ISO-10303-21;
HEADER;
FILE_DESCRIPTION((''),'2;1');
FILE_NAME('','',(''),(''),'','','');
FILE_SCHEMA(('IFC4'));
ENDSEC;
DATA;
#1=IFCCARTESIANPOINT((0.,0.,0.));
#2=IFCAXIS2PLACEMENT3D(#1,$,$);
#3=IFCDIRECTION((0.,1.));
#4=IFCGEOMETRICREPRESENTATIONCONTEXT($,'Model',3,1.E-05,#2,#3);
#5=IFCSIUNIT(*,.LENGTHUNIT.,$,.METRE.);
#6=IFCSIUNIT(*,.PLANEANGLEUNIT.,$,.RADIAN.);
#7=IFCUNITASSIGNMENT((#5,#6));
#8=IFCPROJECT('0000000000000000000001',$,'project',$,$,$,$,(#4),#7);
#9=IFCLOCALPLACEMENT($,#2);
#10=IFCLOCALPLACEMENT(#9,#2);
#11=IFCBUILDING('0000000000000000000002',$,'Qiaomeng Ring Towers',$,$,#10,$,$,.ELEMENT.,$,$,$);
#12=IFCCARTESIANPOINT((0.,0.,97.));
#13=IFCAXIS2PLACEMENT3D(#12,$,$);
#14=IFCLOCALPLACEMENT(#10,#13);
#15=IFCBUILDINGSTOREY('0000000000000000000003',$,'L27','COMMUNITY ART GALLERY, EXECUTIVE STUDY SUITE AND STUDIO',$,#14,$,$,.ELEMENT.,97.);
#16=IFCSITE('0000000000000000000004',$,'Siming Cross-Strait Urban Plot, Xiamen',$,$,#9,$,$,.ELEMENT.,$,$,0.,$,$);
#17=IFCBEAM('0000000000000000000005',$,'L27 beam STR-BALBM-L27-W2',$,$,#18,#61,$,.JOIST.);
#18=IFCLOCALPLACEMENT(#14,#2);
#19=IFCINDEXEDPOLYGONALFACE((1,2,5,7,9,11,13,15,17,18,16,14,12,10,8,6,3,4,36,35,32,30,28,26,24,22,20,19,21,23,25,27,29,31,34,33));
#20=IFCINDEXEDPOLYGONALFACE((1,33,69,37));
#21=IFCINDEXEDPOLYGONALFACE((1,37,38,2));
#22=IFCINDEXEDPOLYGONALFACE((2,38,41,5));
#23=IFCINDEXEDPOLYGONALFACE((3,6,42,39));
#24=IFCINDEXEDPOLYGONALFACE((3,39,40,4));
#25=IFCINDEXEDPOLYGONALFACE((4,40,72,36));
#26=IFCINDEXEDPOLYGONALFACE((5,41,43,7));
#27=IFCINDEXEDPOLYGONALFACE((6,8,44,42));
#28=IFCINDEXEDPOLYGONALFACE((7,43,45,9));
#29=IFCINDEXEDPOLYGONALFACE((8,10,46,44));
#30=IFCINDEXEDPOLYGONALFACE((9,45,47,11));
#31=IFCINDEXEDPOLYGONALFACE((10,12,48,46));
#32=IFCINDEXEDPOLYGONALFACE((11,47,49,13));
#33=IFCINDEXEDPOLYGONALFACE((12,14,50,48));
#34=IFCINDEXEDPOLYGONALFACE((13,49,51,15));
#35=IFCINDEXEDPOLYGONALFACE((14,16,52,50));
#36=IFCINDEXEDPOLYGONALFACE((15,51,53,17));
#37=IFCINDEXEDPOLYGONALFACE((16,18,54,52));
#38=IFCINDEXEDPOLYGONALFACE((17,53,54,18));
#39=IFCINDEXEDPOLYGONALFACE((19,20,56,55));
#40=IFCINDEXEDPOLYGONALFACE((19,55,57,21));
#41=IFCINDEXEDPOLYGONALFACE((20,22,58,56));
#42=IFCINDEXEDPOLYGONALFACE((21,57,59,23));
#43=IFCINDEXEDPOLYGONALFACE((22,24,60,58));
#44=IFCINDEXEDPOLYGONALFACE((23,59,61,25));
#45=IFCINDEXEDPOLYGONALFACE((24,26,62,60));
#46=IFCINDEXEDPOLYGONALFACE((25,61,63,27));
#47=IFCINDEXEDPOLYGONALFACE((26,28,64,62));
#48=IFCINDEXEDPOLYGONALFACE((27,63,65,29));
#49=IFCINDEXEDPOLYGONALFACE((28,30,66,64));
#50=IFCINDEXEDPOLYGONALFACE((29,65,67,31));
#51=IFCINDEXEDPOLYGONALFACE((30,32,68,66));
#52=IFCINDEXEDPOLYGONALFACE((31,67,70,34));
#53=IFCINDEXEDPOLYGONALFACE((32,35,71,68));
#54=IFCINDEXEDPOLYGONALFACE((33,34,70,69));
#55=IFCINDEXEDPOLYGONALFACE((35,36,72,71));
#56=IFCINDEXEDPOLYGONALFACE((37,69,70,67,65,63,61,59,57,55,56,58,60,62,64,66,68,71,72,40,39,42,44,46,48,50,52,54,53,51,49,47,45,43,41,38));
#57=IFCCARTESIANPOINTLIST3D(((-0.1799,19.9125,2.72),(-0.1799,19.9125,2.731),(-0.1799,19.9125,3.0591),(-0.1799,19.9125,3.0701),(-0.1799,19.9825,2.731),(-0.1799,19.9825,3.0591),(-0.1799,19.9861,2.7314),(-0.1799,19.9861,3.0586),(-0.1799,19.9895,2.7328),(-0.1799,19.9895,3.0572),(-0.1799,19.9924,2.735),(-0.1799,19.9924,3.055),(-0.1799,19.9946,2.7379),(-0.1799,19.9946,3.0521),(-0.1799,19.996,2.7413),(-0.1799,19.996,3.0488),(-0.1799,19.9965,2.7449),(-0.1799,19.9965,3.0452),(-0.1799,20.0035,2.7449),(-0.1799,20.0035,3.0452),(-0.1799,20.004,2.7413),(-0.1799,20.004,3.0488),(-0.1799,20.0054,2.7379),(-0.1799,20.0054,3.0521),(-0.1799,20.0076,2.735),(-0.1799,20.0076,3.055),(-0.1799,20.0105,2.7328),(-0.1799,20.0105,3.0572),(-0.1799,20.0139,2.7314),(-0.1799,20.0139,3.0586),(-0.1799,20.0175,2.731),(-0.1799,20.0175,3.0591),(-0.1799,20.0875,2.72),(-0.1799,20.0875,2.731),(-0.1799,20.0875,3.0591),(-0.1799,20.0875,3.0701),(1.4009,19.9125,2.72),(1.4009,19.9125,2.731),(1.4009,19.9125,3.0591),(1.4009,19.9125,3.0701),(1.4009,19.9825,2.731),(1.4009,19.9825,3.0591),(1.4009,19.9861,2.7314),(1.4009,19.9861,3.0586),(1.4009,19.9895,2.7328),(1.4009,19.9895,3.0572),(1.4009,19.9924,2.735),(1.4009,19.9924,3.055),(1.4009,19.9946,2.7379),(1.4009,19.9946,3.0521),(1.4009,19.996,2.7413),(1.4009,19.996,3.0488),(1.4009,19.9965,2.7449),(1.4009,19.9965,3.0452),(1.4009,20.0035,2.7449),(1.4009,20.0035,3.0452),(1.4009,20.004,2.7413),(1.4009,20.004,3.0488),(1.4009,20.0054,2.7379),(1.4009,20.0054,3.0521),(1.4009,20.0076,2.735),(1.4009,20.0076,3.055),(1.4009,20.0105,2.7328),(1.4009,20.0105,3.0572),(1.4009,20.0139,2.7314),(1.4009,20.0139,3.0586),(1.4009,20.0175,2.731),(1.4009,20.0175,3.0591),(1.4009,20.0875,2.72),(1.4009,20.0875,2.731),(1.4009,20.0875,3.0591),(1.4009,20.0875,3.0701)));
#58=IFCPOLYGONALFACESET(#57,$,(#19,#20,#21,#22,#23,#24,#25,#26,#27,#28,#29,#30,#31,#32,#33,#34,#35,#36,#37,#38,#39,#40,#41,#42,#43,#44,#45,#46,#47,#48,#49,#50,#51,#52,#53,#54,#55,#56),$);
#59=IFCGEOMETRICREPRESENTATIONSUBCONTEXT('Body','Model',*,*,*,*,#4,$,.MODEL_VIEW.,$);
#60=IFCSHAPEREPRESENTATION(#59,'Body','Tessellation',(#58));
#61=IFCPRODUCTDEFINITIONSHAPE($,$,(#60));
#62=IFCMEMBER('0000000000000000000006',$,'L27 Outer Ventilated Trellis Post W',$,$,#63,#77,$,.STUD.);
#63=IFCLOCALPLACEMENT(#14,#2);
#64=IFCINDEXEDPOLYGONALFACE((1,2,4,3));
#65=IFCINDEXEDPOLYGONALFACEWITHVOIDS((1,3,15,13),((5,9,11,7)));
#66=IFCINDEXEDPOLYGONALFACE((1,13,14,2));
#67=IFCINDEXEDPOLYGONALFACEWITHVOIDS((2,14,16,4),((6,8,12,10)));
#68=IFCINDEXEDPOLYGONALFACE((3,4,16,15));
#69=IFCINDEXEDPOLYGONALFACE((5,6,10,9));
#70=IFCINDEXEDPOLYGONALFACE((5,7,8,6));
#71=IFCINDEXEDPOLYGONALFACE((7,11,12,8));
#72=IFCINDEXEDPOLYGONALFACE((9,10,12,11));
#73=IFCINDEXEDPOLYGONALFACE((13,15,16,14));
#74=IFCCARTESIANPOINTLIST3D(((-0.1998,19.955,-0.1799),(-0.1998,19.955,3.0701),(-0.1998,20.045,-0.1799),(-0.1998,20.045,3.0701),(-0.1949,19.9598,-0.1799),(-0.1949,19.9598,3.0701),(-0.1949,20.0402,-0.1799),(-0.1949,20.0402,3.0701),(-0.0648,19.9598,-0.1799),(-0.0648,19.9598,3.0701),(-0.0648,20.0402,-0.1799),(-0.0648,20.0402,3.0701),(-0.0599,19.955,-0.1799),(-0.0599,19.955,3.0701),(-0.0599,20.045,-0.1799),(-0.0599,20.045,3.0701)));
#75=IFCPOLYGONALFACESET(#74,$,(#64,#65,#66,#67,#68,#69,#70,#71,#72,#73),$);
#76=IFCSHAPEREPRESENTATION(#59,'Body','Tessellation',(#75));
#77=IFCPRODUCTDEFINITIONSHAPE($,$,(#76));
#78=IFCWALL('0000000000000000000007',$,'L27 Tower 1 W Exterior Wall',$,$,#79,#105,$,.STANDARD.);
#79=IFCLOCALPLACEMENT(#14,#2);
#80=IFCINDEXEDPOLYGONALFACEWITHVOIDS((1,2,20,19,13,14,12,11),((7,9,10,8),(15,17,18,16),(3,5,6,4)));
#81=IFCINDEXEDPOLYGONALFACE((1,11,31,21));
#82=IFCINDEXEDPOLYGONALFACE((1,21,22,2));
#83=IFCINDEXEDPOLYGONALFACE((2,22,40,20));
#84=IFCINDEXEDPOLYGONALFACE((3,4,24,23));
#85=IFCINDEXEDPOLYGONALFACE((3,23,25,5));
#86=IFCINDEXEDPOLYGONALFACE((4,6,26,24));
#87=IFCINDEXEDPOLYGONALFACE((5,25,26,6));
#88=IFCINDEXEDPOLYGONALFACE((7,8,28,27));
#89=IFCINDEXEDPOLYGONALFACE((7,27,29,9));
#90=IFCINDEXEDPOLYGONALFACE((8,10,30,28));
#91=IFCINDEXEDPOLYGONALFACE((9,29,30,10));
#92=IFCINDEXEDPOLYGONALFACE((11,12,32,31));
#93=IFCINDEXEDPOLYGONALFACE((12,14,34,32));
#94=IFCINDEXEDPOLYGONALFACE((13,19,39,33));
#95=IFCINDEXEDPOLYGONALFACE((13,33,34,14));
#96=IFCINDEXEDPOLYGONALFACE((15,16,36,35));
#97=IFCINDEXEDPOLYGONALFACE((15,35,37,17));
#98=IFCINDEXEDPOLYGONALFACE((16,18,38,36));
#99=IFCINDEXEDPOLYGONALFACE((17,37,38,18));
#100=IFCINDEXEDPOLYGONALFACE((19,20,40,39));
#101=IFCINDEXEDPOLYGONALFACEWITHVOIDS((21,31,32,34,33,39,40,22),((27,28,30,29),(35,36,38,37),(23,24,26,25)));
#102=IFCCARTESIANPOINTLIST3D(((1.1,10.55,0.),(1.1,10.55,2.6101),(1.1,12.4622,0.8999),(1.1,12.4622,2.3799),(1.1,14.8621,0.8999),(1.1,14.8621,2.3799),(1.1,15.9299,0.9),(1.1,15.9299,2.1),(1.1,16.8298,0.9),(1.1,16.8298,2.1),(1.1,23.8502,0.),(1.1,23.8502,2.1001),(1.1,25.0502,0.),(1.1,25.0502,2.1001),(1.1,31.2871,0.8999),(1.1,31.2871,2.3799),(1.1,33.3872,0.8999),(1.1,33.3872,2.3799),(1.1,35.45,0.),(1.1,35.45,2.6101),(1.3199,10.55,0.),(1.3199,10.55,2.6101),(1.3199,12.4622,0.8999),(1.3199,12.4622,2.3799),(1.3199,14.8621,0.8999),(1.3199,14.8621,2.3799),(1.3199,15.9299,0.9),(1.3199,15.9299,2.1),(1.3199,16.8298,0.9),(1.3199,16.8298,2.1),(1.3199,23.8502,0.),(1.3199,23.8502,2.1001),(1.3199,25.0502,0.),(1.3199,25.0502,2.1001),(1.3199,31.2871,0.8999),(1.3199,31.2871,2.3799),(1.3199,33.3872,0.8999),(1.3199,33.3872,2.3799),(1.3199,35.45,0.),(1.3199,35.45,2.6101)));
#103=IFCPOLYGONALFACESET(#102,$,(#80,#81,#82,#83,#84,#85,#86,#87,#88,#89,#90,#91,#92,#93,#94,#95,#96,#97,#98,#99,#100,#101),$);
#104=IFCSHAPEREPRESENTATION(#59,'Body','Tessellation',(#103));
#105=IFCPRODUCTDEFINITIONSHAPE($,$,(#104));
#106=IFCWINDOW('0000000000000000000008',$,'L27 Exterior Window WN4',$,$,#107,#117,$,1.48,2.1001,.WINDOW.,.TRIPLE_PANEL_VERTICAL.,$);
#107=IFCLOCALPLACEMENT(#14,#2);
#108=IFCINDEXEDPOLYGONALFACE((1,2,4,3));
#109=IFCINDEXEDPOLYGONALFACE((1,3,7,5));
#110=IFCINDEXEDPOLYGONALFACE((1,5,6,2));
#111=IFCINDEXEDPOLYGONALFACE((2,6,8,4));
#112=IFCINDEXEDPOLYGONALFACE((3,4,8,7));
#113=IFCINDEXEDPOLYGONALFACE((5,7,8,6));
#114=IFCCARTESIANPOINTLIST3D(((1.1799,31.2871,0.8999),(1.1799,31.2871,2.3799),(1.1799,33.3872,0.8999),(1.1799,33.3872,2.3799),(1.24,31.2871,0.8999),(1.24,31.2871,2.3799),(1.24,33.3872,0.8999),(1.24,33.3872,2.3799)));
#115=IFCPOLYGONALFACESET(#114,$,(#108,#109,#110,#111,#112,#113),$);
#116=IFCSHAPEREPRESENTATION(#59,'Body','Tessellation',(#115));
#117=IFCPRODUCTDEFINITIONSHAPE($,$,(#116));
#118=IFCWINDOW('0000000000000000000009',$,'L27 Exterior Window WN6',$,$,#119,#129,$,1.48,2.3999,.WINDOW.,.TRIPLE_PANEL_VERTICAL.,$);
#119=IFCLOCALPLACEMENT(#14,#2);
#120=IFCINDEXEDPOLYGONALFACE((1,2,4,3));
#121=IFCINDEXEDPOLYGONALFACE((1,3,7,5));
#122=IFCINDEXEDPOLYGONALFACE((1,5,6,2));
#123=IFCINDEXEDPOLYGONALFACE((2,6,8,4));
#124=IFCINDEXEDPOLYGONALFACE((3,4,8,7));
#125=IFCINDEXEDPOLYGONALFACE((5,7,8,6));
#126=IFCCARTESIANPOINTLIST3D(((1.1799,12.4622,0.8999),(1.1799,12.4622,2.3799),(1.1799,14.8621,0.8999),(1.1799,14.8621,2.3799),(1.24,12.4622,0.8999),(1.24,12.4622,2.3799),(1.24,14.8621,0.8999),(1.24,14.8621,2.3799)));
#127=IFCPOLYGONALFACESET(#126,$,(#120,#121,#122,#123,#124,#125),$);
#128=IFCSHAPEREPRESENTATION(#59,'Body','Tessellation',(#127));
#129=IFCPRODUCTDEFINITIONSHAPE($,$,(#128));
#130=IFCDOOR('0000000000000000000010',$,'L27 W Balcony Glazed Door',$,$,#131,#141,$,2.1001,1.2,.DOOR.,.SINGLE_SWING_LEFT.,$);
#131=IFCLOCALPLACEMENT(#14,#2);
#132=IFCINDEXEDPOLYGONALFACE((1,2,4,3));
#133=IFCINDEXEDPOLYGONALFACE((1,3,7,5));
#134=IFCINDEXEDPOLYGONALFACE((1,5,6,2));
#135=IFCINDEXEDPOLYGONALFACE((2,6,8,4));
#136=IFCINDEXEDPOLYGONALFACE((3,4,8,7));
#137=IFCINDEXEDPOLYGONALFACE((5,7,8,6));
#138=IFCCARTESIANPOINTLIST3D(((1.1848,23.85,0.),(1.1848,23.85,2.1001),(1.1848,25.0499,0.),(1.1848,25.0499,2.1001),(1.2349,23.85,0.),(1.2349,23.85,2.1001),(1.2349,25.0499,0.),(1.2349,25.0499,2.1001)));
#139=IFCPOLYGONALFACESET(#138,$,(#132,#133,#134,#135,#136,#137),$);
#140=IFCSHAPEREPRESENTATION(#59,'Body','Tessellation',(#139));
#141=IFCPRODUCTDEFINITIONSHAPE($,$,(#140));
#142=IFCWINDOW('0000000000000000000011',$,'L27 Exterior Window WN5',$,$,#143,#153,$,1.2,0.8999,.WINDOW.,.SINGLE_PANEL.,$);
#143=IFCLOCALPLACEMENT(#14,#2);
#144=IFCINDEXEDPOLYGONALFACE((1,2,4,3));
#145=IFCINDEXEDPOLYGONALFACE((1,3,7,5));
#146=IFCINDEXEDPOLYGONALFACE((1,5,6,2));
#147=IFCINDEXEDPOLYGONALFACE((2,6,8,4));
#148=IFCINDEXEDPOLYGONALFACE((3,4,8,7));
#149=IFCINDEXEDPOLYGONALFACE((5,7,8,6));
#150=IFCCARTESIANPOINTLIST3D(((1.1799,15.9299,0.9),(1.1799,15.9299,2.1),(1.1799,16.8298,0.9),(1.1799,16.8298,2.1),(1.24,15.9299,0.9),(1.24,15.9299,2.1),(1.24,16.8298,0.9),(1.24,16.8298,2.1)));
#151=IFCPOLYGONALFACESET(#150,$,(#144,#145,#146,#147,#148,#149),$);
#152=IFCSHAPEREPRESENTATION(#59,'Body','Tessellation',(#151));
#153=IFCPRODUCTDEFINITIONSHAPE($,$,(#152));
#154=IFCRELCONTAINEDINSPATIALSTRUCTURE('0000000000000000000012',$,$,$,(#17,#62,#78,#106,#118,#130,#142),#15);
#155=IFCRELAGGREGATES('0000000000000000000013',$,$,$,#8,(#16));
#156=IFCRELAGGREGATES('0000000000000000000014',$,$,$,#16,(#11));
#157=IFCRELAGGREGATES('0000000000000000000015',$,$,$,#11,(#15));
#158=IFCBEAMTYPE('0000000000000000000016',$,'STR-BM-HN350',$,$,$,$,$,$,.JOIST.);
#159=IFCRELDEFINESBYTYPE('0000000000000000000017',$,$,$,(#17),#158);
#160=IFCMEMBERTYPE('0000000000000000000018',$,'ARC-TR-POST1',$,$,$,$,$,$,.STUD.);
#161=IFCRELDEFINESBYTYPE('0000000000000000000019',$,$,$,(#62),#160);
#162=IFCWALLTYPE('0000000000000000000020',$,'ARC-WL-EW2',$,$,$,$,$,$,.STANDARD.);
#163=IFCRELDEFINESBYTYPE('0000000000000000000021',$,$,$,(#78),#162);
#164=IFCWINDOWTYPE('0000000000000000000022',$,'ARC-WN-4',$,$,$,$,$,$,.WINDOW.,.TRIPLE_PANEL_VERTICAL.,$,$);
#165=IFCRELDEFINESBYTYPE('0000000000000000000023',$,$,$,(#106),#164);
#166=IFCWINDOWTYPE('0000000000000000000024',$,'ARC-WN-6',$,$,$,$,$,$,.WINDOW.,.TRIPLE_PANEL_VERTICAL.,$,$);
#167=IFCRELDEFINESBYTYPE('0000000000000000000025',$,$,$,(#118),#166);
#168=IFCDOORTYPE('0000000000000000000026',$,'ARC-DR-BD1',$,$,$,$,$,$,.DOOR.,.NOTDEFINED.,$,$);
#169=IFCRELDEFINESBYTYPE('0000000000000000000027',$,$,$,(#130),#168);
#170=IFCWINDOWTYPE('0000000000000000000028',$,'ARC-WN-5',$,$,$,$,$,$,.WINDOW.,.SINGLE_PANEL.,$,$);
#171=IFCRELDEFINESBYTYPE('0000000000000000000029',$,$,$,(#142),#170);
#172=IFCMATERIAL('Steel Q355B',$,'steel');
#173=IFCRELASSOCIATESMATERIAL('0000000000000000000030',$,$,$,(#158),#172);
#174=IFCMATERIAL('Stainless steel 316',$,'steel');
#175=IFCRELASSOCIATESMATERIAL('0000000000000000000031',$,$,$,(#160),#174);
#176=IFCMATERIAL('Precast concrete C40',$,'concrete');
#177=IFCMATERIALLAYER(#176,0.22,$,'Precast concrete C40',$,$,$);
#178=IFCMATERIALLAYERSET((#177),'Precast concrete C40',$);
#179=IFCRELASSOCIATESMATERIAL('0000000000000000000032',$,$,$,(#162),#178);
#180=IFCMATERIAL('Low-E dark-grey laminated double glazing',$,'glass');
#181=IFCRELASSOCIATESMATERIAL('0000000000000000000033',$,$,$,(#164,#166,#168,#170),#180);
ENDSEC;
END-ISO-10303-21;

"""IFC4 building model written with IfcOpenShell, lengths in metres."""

from ifc_helpers import new_model, si_unit, direction, frame, frame_2d, origin, origin_2d, place, context, subcontext, project, spatial, rectangle, hollow_rectangle, i_section, extrude, source, transform, mapped, material, layer, layer_set, material_profile, profile_set, type_object, element, fill, save


model = new_model("IFC4")

# Units and contexts
model_context = context("Model", 3, precision=1e-05, world=origin(), true_north=direction((0.0, 1.0)))
body_context = subcontext(model_context, "Body", "Model", "MODEL_VIEW")
ifc_project = project(units=[si_unit("LENGTHUNIT", "METRE"), si_unit("PLANEANGLEUNIT", "RADIAN")], contexts=[model_context])

# Site, building, storey
site_placement = place(None, origin())
site = spatial("IfcSite", under=ifc_project, at=site_placement, Name="Siming Cross-Strait Urban Plot, Xiamen", CompositionType="ELEMENT", RefElevation=0.0)
building_placement = place(site_placement, origin())
building = spatial("IfcBuilding", under=site, at=building_placement, Name="Qiaomeng Ring Towers", CompositionType="ELEMENT")
storey_placement = place(building_placement, frame((0.0, 0.0, 97.0)))
storey = spatial("IfcBuildingStorey", under=building, at=storey_placement, Name="L27", Description="COMMUNITY ART GALLERY, EXECUTIVE STUDY SUITE AND STUDIO", CompositionType="ELEMENT", Elevation=97.0)

# Beam
ifc_material_1 = material(Name="Steel Q355B", Category="steel")
ifc_material_profile_1 = material_profile(ifc_material_1, i_section(OverallWidth=0.175, OverallDepth=0.3501, WebThickness=0.0071, FlangeThickness=0.011, FilletRadius=0.0139, at=origin_2d()), Name="HN 350x175x7x11")
ifc_profile_set_1 = profile_set([ifc_material_profile_1], Name="Steel Q355B")
beam_type_1 = type_object("IfcBeamType", Name="STR-BM-HN350", PredefinedType="JOIST", material=ifc_profile_set_1)
shared_shape_1 = source(origin(), body_context, "Body", "SweptSolid", [
    extrude(i_section(OverallWidth=0.175, OverallDepth=0.3501, WebThickness=0.0071, FlangeThickness=0.011, FilletRadius=0.0139, at=origin_2d()), origin(), (0.0, 0.0, 1.0), 1.5808),
])
beam_1_placement = place(storey_placement, frame((-0.1799, 20.0, 2.895), z_axis=(1.0, 0.0, 0.0), x_axis=(0.0, 1.0, 0.0)))
element("IfcBeam", 1, at=beam_1_placement, inside=storey, type_object=beam_type_1, Name="L27 beam STR-BALBM-L27-W2", PredefinedType="JOIST", context=body_context, shape_type="MappedRepresentation", body=[
    mapped(shared_shape_1, transform((0.0, 0.0, 0.0), x_axis=(1.0, 0.0, 0.0), y_axis=(0.0, 1.0, 0.0), z_axis=(0.0, 0.0, 1.0), scale=1.0)),
])

# Member
ifc_material_2 = material(Name="Stainless steel 316", Category="steel")
ifc_material_profile_2 = material_profile(ifc_material_2, hollow_rectangle(XDim=0.0901, YDim=0.1399, WallThickness=0.0049, at=origin_2d()), Name="SS TRELLIS 90x140")
ifc_profile_set_2 = profile_set([ifc_material_profile_2], Name="Stainless steel 316")
member_type = type_object("IfcMemberType", Name="ARC-TR-POST1", PredefinedType="STUD", material=ifc_profile_set_2)
shared_shape_2 = source(origin(), body_context, "Body", "SweptSolid", [
    extrude(hollow_rectangle(XDim=0.0901, YDim=0.1399, WallThickness=0.0049, at=origin_2d()), origin(), (0.0, 0.0, 1.0), 3.25),
])
member_placement = place(storey_placement, frame((-0.1299, 20.0, -0.1799), z_axis=(0.0, 0.0, 1.0), x_axis=(0.0, 1.0, 0.0)))
element("IfcMember", 2, at=member_placement, inside=storey, type_object=member_type, Name="L27 Outer Ventilated Trellis Post W", PredefinedType="STUD", context=body_context, shape_type="MappedRepresentation", body=[
    mapped(shared_shape_2, transform((0.0, 0.0, 0.0), x_axis=(1.0, 0.0, 0.0), y_axis=(0.0, 1.0, 0.0), z_axis=(0.0, 0.0, 1.0), scale=1.0)),
])

# Wall, openings, windows, door
ifc_material_3 = material(Name="Precast concrete C40", Category="concrete")
ifc_layer_1 = layer(ifc_material_3, 0.22, Name="Precast concrete C40")
ifc_layer_set_1 = layer_set([ifc_layer_1], Name="Precast concrete C40")
wall_type_1 = type_object("IfcWallType", Name="ARC-WL-EW2", PredefinedType="STANDARD", material=ifc_layer_set_1)
wall_1_placement = place(storey_placement, frame((1.21, 10.55, 0.0), z_axis=(0.0, 0.0, 1.0), x_axis=(0.0, 1.0, 0.0)))
wall_1 = element("IfcWall", 3, at=wall_1_placement, inside=storey, type_object=wall_type_1, Name="L27 Tower 1 W Exterior Wall", PredefinedType="STANDARD", context=body_context, shape_type="SweptSolid", body=[
    extrude(rectangle(XDim=24.8999, YDim=0.22, at=frame_2d((12.45, 0.0))), origin(), (0.0, 0.0, 1.0), 2.6101),
])
opening_1_placement = place(wall_1_placement, frame((13.3, 0.0, 0.0)))
opening_1 = element("IfcOpeningElement", 4, at=opening_1_placement, cuts=wall_1, PredefinedType="OPENING", context=body_context, shape_type="SweptSolid", body=[
    extrude(rectangle(XDim=1.2, YDim=2.1001, at=frame_2d((0.6001, 1.05))), frame((0.0, 0.1199, 0.0), z_axis=(0.0, -1.0, 0.0), x_axis=(1.0, 0.0, 0.0)), (0.0, 0.0, 1.0), 0.24),
])
opening_2_placement = place(wall_1_placement, frame((1.9121, 0.0, 0.8999)))
opening_2 = element("IfcOpeningElement", 5, at=opening_2_placement, cuts=wall_1, PredefinedType="OPENING", context=body_context, shape_type="SweptSolid", body=[
    extrude(rectangle(XDim=2.3999, YDim=1.48, at=frame_2d((1.2, 0.74))), frame((0.0, 0.1199, 0.0), z_axis=(0.0, -1.0, 0.0), x_axis=(1.0, 0.0, 0.0)), (0.0, 0.0, 1.0), 0.24),
])
opening_3_placement = place(wall_1_placement, frame((20.7371, 0.0, 0.8999)))
opening_3 = element("IfcOpeningElement", 6, at=opening_3_placement, cuts=wall_1, PredefinedType="OPENING", context=body_context, shape_type="SweptSolid", body=[
    extrude(rectangle(XDim=2.1001, YDim=1.48, at=frame_2d((1.05, 0.74))), frame((0.0, 0.1199, 0.0), z_axis=(0.0, -1.0, 0.0), x_axis=(1.0, 0.0, 0.0)), (0.0, 0.0, 1.0), 0.24),
])
opening_4_placement = place(wall_1_placement, frame((5.3799, 0.0, 0.8999)))
opening_4 = element("IfcOpeningElement", 7, at=opening_4_placement, cuts=wall_1, PredefinedType="OPENING", context=body_context, shape_type="SweptSolid", body=[
    extrude(rectangle(XDim=0.8999, YDim=1.2, at=frame_2d((0.45, 0.6001))), frame((0.0, 0.1199, 0.0), z_axis=(0.0, -1.0, 0.0), x_axis=(1.0, 0.0, 0.0)), (0.0, 0.0, 1.0), 0.24),
])
ifc_material_4 = material(Name="Low-E dark-grey laminated double glazing", Category="glass")
window_type_1 = type_object("IfcWindowType", Name="ARC-WN-4", PartitioningType="TRIPLE_PANEL_VERTICAL", PredefinedType="WINDOW", material=ifc_material_4)
shared_shape_3 = source(origin(), body_context, "Body", "SweptSolid", [
    extrude(rectangle(XDim=2.1001, YDim=1.48, at=frame_2d((1.05, 0.74))), frame((0.0, 0.03, 0.0), z_axis=(0.0, -1.0, 0.0), x_axis=(1.0, 0.0, 0.0)), (0.0, 0.0, 1.0), 0.0601),
])
window_1_placement = place(opening_3_placement, origin())
window_1 = element("IfcWindow", 8, at=window_1_placement, inside=storey, type_object=window_type_1, Name="L27 Exterior Window WN4", OverallHeight=1.48, OverallWidth=2.1001, PartitioningType="TRIPLE_PANEL_VERTICAL", PredefinedType="WINDOW", context=body_context, shape_type="MappedRepresentation", body=[
    mapped(shared_shape_3, transform((0.0, 0.0, 0.0), x_axis=(1.0, 0.0, 0.0), y_axis=(0.0, 1.0, 0.0), z_axis=(0.0, 0.0, 1.0), scale=1.0)),
])
fill(opening_3, window_1)
window_type_2 = type_object("IfcWindowType", Name="ARC-WN-6", PartitioningType="TRIPLE_PANEL_VERTICAL", PredefinedType="WINDOW", material=ifc_material_4)
shared_shape_4 = source(origin(), body_context, "Body", "SweptSolid", [
    extrude(rectangle(XDim=2.3999, YDim=1.48, at=frame_2d((1.2, 0.74))), frame((0.0, 0.03, 0.0), z_axis=(0.0, -1.0, 0.0), x_axis=(1.0, 0.0, 0.0)), (0.0, 0.0, 1.0), 0.0601),
])
window_2_placement = place(opening_2_placement, origin())
window_2 = element("IfcWindow", 9, at=window_2_placement, inside=storey, type_object=window_type_2, Name="L27 Exterior Window WN6", OverallHeight=1.48, OverallWidth=2.3999, PartitioningType="TRIPLE_PANEL_VERTICAL", PredefinedType="WINDOW", context=body_context, shape_type="MappedRepresentation", body=[
    mapped(shared_shape_4, transform((0.0, 0.0, 0.0), x_axis=(1.0, 0.0, 0.0), y_axis=(0.0, 1.0, 0.0), z_axis=(0.0, 0.0, 1.0), scale=1.0)),
])
fill(opening_2, window_2)
door_type_1 = type_object("IfcDoorType", Name="ARC-DR-BD1", OperationType="NOTDEFINED", PredefinedType="DOOR", material=ifc_material_4)
shared_shape_5 = source(origin(), body_context, "Body", "SweptSolid", [
    extrude(rectangle(XDim=1.2, YDim=2.1001, at=frame_2d((0.6001, 1.05))), frame((0.0, 0.0249, 0.0), z_axis=(0.0, -1.0, 0.0), x_axis=(1.0, 0.0, 0.0)), (0.0, 0.0, 1.0), 0.05),
])
door_1_placement = place(opening_1_placement, frame((1.2, 0.0, 0.0), z_axis=(0.0, 0.0, 1.0), x_axis=(-1.0, 0.0, 0.0)))
door_1 = element("IfcDoor", 10, at=door_1_placement, inside=storey, type_object=door_type_1, Name="L27 W Balcony Glazed Door", OperationType="SINGLE_SWING_LEFT", OverallHeight=2.1001, OverallWidth=1.2, PredefinedType="DOOR", context=body_context, shape_type="MappedRepresentation", body=[
    mapped(shared_shape_5, transform((0.0, 0.0, 0.0), x_axis=(1.0, 0.0, 0.0), y_axis=(0.0, 1.0, 0.0), z_axis=(0.0, 0.0, 1.0), scale=1.0)),
])
fill(opening_1, door_1)
window_type_3 = type_object("IfcWindowType", Name="ARC-WN-5", PartitioningType="SINGLE_PANEL", PredefinedType="WINDOW", material=ifc_material_4)
shared_shape_6 = source(origin(), body_context, "Body", "SweptSolid", [
    extrude(rectangle(XDim=0.8999, YDim=1.2, at=frame_2d((0.45, 0.6001))), frame((0.0, 0.03, 0.0), z_axis=(0.0, -1.0, 0.0), x_axis=(1.0, 0.0, 0.0)), (0.0, 0.0, 1.0), 0.0601),
])
window_3_placement = place(opening_4_placement, origin())
window_3 = element("IfcWindow", 11, at=window_3_placement, inside=storey, type_object=window_type_3, Name="L27 Exterior Window WN5", OverallHeight=1.2, OverallWidth=0.8999, PartitioningType="SINGLE_PANEL", PredefinedType="WINDOW", context=body_context, shape_type="MappedRepresentation", body=[
    mapped(shared_shape_6, transform((0.0, 0.0, 0.0), x_axis=(1.0, 0.0, 0.0), y_axis=(0.0, 1.0, 0.0), z_axis=(0.0, 0.0, 1.0), scale=1.0)),
])
fill(opening_4, window_3)

save(model, "model.ifc")
